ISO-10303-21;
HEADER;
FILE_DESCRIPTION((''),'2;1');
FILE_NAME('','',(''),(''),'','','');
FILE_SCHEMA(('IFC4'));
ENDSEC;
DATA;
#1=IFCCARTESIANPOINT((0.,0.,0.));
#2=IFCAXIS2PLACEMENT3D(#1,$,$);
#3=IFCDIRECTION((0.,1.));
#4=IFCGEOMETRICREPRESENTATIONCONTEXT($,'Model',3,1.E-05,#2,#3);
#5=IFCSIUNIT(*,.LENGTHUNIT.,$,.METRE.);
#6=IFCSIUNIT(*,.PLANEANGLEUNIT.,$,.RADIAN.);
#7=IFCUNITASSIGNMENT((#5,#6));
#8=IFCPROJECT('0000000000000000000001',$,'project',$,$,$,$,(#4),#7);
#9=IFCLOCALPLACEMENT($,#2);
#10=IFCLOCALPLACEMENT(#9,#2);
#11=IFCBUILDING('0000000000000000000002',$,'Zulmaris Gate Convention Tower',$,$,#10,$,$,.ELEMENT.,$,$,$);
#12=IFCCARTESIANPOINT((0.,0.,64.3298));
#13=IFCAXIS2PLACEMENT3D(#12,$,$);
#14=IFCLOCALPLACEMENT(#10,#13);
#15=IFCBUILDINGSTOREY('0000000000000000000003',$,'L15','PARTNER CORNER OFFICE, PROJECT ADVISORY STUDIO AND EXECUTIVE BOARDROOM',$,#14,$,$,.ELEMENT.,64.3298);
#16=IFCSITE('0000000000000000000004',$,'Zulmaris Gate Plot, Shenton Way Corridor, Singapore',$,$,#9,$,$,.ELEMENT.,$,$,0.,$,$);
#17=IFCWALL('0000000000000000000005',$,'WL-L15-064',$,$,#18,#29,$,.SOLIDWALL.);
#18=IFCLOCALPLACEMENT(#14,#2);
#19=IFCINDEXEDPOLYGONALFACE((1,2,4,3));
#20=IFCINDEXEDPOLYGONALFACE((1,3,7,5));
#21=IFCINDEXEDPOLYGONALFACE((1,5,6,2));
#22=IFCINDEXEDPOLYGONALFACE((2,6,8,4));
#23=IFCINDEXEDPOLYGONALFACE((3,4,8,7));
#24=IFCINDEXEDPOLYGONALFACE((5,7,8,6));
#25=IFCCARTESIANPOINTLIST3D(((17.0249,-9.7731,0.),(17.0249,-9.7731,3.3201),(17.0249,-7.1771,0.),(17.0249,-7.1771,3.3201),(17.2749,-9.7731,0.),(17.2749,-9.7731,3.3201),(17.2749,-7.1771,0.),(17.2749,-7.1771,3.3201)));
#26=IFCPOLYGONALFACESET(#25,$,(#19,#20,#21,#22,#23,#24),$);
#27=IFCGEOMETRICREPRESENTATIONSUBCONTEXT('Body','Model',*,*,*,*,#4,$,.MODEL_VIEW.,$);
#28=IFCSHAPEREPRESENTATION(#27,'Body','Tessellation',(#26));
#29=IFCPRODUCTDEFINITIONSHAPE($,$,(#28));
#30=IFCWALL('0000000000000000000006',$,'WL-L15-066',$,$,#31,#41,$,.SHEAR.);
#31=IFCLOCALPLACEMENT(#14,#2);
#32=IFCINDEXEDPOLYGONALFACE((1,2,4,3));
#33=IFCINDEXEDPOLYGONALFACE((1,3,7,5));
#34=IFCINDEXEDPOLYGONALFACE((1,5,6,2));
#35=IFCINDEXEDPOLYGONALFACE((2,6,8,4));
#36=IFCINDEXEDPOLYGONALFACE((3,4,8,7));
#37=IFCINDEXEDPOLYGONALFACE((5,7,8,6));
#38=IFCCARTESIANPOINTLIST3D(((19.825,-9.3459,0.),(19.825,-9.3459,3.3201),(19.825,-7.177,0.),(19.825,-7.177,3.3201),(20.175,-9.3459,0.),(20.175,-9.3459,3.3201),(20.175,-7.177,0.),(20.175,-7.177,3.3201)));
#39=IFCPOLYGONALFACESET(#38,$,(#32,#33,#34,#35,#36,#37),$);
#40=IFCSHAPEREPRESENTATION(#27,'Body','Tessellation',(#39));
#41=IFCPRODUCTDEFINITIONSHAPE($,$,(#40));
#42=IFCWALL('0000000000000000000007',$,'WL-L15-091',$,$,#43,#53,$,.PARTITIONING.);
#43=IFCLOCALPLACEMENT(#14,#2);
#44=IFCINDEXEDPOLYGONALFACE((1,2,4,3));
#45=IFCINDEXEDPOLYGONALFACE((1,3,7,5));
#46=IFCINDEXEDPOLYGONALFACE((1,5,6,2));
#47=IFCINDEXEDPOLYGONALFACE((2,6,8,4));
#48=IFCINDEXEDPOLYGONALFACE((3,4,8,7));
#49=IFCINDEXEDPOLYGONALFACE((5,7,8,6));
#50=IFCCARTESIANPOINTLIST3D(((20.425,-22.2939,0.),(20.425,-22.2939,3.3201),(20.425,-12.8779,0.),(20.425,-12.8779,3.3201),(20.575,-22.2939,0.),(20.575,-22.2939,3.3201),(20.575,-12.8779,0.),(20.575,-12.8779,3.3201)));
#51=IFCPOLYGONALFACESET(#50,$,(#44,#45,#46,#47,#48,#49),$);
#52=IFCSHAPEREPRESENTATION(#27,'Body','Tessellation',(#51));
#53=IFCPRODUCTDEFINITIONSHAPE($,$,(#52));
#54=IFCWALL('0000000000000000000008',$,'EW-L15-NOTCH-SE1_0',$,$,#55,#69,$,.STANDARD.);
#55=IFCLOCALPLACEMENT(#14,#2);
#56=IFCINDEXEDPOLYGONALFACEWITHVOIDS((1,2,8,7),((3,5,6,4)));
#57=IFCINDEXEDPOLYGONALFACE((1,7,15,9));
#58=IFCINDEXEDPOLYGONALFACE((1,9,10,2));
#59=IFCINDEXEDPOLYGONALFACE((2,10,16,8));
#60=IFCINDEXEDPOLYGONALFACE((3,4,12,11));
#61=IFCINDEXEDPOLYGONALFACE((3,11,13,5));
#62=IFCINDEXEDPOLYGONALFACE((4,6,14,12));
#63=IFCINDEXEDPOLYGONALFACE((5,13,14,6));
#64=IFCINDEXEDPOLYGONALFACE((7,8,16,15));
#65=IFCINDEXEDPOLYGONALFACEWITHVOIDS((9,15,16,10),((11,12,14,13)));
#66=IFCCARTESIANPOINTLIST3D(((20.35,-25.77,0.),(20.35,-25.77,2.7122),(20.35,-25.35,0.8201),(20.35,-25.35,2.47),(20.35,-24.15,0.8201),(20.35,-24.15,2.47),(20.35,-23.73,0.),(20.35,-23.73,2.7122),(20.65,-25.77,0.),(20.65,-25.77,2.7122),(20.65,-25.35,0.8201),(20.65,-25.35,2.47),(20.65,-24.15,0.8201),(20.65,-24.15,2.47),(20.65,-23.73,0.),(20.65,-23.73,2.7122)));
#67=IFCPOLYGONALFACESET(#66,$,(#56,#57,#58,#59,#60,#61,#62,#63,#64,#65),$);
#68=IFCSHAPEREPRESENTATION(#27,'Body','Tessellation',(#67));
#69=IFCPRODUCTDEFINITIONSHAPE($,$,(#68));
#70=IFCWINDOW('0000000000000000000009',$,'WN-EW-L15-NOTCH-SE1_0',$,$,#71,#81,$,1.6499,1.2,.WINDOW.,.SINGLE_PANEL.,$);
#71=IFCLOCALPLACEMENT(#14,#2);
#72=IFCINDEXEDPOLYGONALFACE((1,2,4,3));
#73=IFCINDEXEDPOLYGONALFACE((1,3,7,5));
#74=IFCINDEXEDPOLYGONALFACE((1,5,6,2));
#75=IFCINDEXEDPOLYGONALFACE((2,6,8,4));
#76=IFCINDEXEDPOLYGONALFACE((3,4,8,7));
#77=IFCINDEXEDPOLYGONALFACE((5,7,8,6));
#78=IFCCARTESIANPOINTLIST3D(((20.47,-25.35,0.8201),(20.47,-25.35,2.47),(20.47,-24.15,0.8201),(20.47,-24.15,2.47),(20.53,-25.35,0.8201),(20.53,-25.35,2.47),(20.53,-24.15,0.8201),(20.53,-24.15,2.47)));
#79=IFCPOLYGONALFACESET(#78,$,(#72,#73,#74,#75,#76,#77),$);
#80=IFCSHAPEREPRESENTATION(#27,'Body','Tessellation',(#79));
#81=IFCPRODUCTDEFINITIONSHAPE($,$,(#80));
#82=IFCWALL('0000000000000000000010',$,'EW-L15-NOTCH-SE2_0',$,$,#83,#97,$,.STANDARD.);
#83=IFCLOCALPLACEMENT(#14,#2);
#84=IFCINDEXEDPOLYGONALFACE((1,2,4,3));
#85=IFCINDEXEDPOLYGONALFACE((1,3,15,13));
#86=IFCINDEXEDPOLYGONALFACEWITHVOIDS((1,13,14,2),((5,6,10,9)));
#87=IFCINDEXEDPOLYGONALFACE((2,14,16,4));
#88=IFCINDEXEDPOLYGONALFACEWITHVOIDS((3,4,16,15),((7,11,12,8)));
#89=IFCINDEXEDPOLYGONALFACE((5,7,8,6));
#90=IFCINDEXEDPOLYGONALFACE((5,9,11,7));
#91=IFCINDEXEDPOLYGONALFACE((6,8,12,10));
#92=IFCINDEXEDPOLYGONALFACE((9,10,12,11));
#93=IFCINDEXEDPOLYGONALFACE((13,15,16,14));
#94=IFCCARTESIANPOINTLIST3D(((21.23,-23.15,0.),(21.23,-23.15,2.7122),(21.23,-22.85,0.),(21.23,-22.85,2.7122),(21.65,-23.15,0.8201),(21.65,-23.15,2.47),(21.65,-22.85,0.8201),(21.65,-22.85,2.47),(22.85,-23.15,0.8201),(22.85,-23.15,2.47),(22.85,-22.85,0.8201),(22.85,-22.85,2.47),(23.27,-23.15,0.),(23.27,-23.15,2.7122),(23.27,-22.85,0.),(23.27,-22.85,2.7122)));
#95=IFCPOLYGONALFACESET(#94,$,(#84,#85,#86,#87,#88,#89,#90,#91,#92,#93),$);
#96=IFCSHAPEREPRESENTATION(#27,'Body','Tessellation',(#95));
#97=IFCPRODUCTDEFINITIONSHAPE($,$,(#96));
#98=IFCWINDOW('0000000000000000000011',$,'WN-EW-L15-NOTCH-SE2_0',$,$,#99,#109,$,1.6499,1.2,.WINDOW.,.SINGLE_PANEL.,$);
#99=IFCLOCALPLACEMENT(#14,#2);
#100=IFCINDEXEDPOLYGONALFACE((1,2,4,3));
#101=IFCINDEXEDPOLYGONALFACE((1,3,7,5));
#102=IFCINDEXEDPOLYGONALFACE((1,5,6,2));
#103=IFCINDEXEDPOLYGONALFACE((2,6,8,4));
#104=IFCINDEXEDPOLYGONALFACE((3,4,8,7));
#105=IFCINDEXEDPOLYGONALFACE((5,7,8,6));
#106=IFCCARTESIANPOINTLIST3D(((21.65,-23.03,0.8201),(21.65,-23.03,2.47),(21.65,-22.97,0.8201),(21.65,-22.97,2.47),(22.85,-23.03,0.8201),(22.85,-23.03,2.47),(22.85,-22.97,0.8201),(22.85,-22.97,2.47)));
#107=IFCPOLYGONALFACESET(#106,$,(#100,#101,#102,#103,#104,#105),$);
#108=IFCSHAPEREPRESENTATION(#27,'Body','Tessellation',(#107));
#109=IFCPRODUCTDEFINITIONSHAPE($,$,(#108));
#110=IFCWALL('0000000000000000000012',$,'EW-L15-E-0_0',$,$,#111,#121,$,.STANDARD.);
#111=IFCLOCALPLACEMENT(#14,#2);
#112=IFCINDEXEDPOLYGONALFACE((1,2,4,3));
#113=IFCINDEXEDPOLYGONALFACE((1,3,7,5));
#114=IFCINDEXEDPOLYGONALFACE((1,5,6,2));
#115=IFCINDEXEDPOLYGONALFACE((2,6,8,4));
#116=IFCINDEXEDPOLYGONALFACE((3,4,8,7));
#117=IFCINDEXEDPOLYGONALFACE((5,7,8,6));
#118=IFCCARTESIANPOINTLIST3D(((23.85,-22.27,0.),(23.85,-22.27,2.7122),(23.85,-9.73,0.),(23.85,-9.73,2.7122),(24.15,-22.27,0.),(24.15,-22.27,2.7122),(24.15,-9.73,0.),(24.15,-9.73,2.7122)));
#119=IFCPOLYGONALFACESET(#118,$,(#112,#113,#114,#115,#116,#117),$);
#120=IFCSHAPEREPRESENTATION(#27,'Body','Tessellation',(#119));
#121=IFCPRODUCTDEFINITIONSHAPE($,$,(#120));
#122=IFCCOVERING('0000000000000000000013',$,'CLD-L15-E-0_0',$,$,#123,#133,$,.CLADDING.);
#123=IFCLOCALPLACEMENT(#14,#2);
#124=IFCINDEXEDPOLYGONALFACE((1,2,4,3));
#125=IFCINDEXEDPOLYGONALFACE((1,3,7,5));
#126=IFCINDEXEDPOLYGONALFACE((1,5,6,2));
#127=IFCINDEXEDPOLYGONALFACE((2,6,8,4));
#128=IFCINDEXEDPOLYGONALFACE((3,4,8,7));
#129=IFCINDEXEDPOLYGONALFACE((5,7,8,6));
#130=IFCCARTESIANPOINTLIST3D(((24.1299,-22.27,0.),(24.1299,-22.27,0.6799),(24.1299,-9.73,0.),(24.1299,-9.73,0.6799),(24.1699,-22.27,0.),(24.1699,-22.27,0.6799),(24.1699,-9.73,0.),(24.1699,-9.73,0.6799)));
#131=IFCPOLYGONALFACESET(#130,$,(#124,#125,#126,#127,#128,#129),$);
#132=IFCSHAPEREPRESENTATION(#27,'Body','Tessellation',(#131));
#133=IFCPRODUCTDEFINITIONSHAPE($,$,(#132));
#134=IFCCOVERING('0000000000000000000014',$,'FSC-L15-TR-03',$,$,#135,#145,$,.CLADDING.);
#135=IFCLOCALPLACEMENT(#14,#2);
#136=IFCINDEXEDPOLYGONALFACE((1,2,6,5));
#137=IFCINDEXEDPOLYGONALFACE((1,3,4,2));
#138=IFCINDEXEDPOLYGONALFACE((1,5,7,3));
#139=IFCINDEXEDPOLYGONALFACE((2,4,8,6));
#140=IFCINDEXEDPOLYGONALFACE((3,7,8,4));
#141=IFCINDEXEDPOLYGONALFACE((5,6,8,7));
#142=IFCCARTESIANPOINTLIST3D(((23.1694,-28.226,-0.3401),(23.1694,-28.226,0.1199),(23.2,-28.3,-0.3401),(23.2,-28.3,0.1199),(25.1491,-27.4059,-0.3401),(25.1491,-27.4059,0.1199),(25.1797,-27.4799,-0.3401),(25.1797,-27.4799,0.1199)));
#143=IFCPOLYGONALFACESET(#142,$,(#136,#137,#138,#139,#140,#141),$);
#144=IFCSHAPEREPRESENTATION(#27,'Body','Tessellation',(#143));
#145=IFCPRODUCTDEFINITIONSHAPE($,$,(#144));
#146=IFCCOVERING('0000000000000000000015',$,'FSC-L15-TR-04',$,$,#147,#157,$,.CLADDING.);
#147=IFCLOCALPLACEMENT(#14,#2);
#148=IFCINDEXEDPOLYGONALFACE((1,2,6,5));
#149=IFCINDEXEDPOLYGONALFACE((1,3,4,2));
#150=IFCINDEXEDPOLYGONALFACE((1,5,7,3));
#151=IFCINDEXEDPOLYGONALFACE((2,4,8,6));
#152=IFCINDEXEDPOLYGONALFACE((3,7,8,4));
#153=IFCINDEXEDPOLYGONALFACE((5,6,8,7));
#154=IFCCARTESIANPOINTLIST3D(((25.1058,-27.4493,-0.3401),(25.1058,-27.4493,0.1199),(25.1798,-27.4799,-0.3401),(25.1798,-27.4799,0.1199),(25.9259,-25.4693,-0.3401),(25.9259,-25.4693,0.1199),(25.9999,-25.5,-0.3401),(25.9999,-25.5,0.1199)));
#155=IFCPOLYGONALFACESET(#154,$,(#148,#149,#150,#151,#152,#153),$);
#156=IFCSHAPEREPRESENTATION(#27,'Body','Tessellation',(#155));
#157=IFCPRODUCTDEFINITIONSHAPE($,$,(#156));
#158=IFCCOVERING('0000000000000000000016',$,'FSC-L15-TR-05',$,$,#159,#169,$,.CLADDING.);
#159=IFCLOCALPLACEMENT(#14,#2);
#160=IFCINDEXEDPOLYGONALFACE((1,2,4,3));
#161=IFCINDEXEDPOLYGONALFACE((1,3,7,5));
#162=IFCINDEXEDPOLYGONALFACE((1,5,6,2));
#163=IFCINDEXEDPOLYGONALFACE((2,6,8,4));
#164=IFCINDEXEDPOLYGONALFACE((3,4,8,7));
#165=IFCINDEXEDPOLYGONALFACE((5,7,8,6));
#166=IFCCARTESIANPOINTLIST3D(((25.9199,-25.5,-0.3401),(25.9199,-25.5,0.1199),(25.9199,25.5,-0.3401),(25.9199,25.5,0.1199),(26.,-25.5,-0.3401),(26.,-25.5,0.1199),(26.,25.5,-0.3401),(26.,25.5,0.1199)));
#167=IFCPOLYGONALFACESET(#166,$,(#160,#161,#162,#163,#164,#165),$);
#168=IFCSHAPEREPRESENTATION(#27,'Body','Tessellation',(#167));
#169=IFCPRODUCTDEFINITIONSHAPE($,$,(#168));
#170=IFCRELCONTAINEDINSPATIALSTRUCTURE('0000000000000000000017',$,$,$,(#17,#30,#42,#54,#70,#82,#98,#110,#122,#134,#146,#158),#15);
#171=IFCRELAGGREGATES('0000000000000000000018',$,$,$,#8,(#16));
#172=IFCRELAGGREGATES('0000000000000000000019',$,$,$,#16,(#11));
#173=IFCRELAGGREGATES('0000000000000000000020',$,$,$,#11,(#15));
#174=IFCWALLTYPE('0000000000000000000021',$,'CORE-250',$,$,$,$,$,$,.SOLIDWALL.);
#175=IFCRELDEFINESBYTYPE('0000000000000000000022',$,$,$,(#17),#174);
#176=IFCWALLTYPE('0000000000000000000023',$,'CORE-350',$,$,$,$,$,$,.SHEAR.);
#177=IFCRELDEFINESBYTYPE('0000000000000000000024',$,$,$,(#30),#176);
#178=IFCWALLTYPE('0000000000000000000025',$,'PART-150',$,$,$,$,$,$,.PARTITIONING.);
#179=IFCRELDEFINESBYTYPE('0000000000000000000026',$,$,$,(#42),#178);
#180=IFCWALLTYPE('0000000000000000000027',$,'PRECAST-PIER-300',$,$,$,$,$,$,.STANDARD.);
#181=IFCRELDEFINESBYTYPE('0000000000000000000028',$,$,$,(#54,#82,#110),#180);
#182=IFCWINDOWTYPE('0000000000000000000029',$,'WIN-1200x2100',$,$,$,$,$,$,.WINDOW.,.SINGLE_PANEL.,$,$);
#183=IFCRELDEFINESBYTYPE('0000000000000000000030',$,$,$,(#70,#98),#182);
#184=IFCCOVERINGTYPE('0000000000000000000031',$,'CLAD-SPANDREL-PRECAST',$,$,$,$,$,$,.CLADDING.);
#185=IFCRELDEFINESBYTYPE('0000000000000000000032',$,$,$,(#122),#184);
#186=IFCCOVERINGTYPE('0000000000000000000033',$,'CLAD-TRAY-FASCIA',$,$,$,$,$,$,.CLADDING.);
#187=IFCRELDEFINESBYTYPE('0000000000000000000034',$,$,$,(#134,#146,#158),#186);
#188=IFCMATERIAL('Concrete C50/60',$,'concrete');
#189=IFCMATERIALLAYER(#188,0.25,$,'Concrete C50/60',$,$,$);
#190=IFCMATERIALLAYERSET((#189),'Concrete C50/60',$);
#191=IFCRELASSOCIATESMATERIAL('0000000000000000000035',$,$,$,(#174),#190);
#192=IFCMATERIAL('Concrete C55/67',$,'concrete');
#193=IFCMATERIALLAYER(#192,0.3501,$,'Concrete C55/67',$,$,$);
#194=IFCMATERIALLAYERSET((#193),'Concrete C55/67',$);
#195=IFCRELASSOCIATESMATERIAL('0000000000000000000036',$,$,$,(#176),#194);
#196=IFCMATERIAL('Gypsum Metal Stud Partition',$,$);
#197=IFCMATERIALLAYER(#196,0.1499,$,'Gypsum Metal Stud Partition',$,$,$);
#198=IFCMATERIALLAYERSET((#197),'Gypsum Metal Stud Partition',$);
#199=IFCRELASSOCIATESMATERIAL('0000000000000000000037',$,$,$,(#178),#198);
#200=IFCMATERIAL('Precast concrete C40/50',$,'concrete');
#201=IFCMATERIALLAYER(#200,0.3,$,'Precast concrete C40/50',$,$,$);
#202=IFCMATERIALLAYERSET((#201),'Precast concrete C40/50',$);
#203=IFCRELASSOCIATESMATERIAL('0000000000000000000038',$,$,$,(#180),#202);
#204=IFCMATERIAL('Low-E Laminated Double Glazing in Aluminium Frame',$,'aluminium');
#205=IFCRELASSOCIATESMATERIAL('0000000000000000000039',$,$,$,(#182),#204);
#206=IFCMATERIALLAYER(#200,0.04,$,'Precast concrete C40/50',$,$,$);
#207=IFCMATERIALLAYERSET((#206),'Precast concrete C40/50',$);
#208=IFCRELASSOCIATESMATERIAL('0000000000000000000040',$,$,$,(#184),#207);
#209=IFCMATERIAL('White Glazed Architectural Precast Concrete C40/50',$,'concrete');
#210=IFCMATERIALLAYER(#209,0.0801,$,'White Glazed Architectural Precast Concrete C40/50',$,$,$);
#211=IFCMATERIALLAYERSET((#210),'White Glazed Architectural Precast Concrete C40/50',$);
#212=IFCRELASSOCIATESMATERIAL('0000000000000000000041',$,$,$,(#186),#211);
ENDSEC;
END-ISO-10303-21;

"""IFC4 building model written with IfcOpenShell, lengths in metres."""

from ifc_helpers import new_model, si_unit, direction, frame, frame_2d, origin, place, context, subcontext, project, spatial, rectangle, extrude, material, layer, layer_set, type_object, element, fill, save


model = new_model("IFC4")

# Units and contexts
model_context = context("Model", 3, precision=1e-05, world=origin(), true_north=direction((0.0, 1.0)))
body_context = subcontext(model_context, "Body", "Model", "MODEL_VIEW")
ifc_project = project(units=[si_unit("LENGTHUNIT", "METRE"), si_unit("PLANEANGLEUNIT", "RADIAN")], contexts=[model_context])

# Site, building, storey
site_placement = place(None, origin())
site = spatial("IfcSite", under=ifc_project, at=site_placement, Name="Zulmaris Gate Plot, Shenton Way Corridor, Singapore", CompositionType="ELEMENT", RefElevation=0.0)
building_placement = place(site_placement, origin())
building = spatial("IfcBuilding", under=site, at=building_placement, Name="Zulmaris Gate Convention Tower", CompositionType="ELEMENT")
storey_placement = place(building_placement, frame((0.0, 0.0, 64.3298)))
storey = spatial("IfcBuildingStorey", under=building, at=storey_placement, Name="L15", Description="PARTNER CORNER OFFICE, PROJECT ADVISORY STUDIO AND EXECUTIVE BOARDROOM", CompositionType="ELEMENT", Elevation=64.3298)

# Walls
ifc_material_1 = material(Name="Concrete C50/60", Category="concrete")
ifc_layer_1 = layer(ifc_material_1, 0.25, Name="Concrete C50/60")
ifc_layer_set_1 = layer_set([ifc_layer_1], Name="Concrete C50/60")
wall_type_1 = type_object("IfcWallType", Name="CORE-250", PredefinedType="SOLIDWALL", material=ifc_layer_set_1)
wall_1_placement = place(storey_placement, frame((17.1499, -9.7729, 0.0), z_axis=(0.0, 0.0, 1.0), x_axis=(0.0, 1.0, 0.0)))
element("IfcWall", 1, at=wall_1_placement, inside=storey, type_object=wall_type_1, Name="WL-L15-064", PredefinedType="SOLIDWALL", context=body_context, shape_type="SweptSolid", body=[
    extrude(rectangle(XDim=2.5959, YDim=0.25, at=frame_2d((1.2979, 0.0))), origin(), (0.0, 0.0, 1.0), 3.3201),
])
ifc_material_2 = material(Name="Concrete C55/67", Category="concrete")
ifc_layer_2 = layer(ifc_material_2, 0.3501, Name="Concrete C55/67")
ifc_layer_set_2 = layer_set([ifc_layer_2], Name="Concrete C55/67")
wall_type_2 = type_object("IfcWallType", Name="CORE-350", PredefinedType="SHEAR", material=ifc_layer_set_2)
wall_2_placement = place(storey_placement, frame((20.0, -9.3459, 0.0), z_axis=(0.0, 0.0, 1.0), x_axis=(0.0, 1.0, 0.0)))
element("IfcWall", 2, at=wall_2_placement, inside=storey, type_object=wall_type_2, Name="WL-L15-066", PredefinedType="SHEAR", context=body_context, shape_type="SweptSolid", body=[
    extrude(rectangle(XDim=2.1689, YDim=0.3501, at=frame_2d((1.0845, 0.0))), origin(), (0.0, 0.0, 1.0), 3.3201),
])

# Shared definitions
ifc_material_3 = material(Name="Gypsum Metal Stud Partition")
ifc_layer_3 = layer(ifc_material_3, 0.1499, Name="Gypsum Metal Stud Partition")
ifc_layer_set_3 = layer_set([ifc_layer_3], Name="Gypsum Metal Stud Partition")
wall_type_3 = type_object("IfcWallType", Name="PART-150", PredefinedType="PARTITIONING", material=ifc_layer_set_3)

# Wall
wall_3_placement = place(storey_placement, frame((20.5, -22.2939, 0.0), z_axis=(0.0, 0.0, 1.0), x_axis=(0.0, 1.0, 0.0)))
element("IfcWall", 3, at=wall_3_placement, inside=storey, type_object=wall_type_3, Name="WL-L15-091", PredefinedType="PARTITIONING", context=body_context, shape_type="SweptSolid", body=[
    extrude(rectangle(XDim=9.416, YDim=0.1499, at=frame_2d((4.708, 0.0))), origin(), (0.0, 0.0, 1.0), 3.3201),
])

# Walls, openings, windows
ifc_material_4 = material(Name="Precast concrete C40/50", Category="concrete")
ifc_layer_4 = layer(ifc_material_4, 0.3, Name="Precast concrete C40/50")
ifc_layer_set_4 = layer_set([ifc_layer_4], Name="Precast concrete C40/50")
wall_type_4 = type_object("IfcWallType", Name="PRECAST-PIER-300", PredefinedType="STANDARD", material=ifc_layer_set_4)
wall_4_placement = place(storey_placement, frame((20.5, -25.77, 0.0), z_axis=(0.0, 0.0, 1.0), x_axis=(0.0, 1.0, 0.0)))
wall_4 = element("IfcWall", 4, at=wall_4_placement, inside=storey, type_object=wall_type_4, Name="EW-L15-NOTCH-SE1_0", PredefinedType="STANDARD", context=body_context, shape_type="SweptSolid", body=[
    extrude(rectangle(XDim=2.04, YDim=0.3, at=frame_2d((1.02, 0.0))), origin(), (0.0, 0.0, 1.0), 2.7122),
])
opening_1_placement = place(wall_4_placement, frame((0.4199, 0.0, 0.8201)))
opening_1 = element("IfcOpeningElement", 5, at=opening_1_placement, cuts=wall_4, PredefinedType="OPENING", context=body_context, shape_type="SweptSolid", body=[
    extrude(rectangle(XDim=1.2, YDim=1.6499, at=frame_2d((0.6001, 0.825))), frame((0.0, 0.1602, 0.0), z_axis=(0.0, -1.0, 0.0), x_axis=(1.0, 0.0, 0.0)), (0.0, 0.0, 1.0), 0.3201),
])
ifc_material_5 = material(Name="Low-E Laminated Double Glazing in Aluminium Frame", Category="aluminium")
window_type = type_object("IfcWindowType", Name="WIN-1200x2100", PartitioningType="SINGLE_PANEL", PredefinedType="WINDOW", material=ifc_material_5)
window_1_placement = place(opening_1_placement, origin())
window_1 = element("IfcWindow", 6, at=window_1_placement, inside=storey, type_object=window_type, Name="WN-EW-L15-NOTCH-SE1_0", OverallHeight=1.6499, OverallWidth=1.2, PartitioningType="SINGLE_PANEL", PredefinedType="WINDOW", context=body_context, shape_type="SweptSolid", body=[
    extrude(rectangle(XDim=1.2, YDim=1.6499, at=frame_2d((0.6001, 0.825))), frame((0.0, 0.03, 0.0), z_axis=(0.0, -1.0, 0.0), x_axis=(1.0, 0.0, 0.0)), (0.0, 0.0, 1.0), 0.0601),
])
fill(opening_1, window_1)
wall_5_placement = place(storey_placement, frame((21.23, -23.0, 0.0), z_axis=(0.0, 0.0, 1.0), x_axis=(1.0, 0.0, 0.0)))
wall_5 = element("IfcWall", 7, at=wall_5_placement, inside=storey, type_object=wall_type_4, Name="EW-L15-NOTCH-SE2_0", PredefinedType="STANDARD", context=body_context, shape_type="SweptSolid", body=[
    extrude(rectangle(XDim=2.04, YDim=0.3, at=frame_2d((1.02, 0.0))), origin(), (0.0, 0.0, 1.0), 2.7122),
])
opening_2_placement = place(wall_5_placement, frame((0.4199, 0.0, 0.8201)))
opening_2 = element("IfcOpeningElement", 8, at=opening_2_placement, cuts=wall_5, PredefinedType="OPENING", context=body_context, shape_type="SweptSolid", body=[
    extrude(rectangle(XDim=1.2, YDim=1.6499, at=frame_2d((0.6001, 0.825))), frame((0.0, 0.1602, 0.0), z_axis=(0.0, -1.0, 0.0), x_axis=(1.0, 0.0, 0.0)), (0.0, 0.0, 1.0), 0.3201),
])
window_2_placement = place(opening_2_placement, origin())
window_2 = element("IfcWindow", 9, at=window_2_placement, inside=storey, type_object=window_type, Name="WN-EW-L15-NOTCH-SE2_0", OverallHeight=1.6499, OverallWidth=1.2, PartitioningType="SINGLE_PANEL", PredefinedType="WINDOW", context=body_context, shape_type="SweptSolid", body=[
    extrude(rectangle(XDim=1.2, YDim=1.6499, at=frame_2d((0.6001, 0.825))), frame((0.0, 0.03, 0.0), z_axis=(0.0, -1.0, 0.0), x_axis=(1.0, 0.0, 0.0)), (0.0, 0.0, 1.0), 0.0601),
])
fill(opening_2, window_2)

# Wall
wall_6_placement = place(storey_placement, frame((24.0, -22.27, 0.0), z_axis=(0.0, 0.0, 1.0), x_axis=(0.0, 1.0, 0.0)))
element("IfcWall", 10, at=wall_6_placement, inside=storey, type_object=wall_type_4, Name="EW-L15-E-0_0", PredefinedType="STANDARD", context=body_context, shape_type="SweptSolid", body=[
    extrude(rectangle(XDim=12.54, YDim=0.3, at=frame_2d((6.27, 0.0))), origin(), (0.0, 0.0, 1.0), 2.7122),
])

# Coverings
ifc_layer_5 = layer(ifc_material_4, 0.04, Name="Precast concrete C40/50")
ifc_layer_set_5 = layer_set([ifc_layer_5], Name="Precast concrete C40/50")
covering_type_1 = type_object("IfcCoveringType", Name="CLAD-SPANDREL-PRECAST", PredefinedType="CLADDING", material=ifc_layer_set_5)
covering_1_placement = place(storey_placement, frame((24.1499, -22.27, 0.0), z_axis=(0.0, 0.0, 1.0), x_axis=(0.0, 1.0, 0.0)))
element("IfcCovering", 11, at=covering_1_placement, inside=storey, type_object=covering_type_1, Name="CLD-L15-E-0_0", PredefinedType="CLADDING", context=body_context, shape_type="SweptSolid", body=[
    extrude(rectangle(XDim=12.54, YDim=0.04, at=frame_2d((6.27, 0.0))), origin(), (0.0, 0.0, 1.0), 0.6799),
])
ifc_material_6 = material(Name="White Glazed Architectural Precast Concrete C40/50", Category="concrete")
ifc_layer_6 = layer(ifc_material_6, 0.0801, Name="White Glazed Architectural Precast Concrete C40/50")
ifc_layer_set_6 = layer_set([ifc_layer_6], Name="White Glazed Architectural Precast Concrete C40/50")
covering_type_2 = type_object("IfcCoveringType", Name="CLAD-TRAY-FASCIA", PredefinedType="CLADDING", material=ifc_layer_set_6)
covering_2_placement = place(storey_placement, frame((23.1848, -28.2629, -0.3401), z_axis=(0.0, 0.0, 1.0), x_axis=(0.923874, 0.382697, 0.0)))
element("IfcCovering", 12, at=covering_2_placement, inside=storey, type_object=covering_type_2, Name="FSC-L15-TR-03", PredefinedType="CLADDING", context=body_context, shape_type="SweptSolid", body=[
    extrude(rectangle(XDim=2.1428, YDim=0.0801, at=frame_2d((1.0713, 0.0))), origin(), (0.0, 0.0, 1.0), 0.46),
])
covering_3_placement = place(storey_placement, frame((25.1428, -27.4646, -0.3401), z_axis=(0.0, 0.0, 1.0), x_axis=(0.382657, 0.92389, 0.0)))
element("IfcCovering", 13, at=covering_3_placement, inside=storey, type_object=covering_type_2, Name="FSC-L15-TR-04", PredefinedType="CLADDING", context=body_context, shape_type="SweptSolid", body=[
    extrude(rectangle(XDim=2.1431, YDim=0.0801, at=frame_2d((1.0715, 0.0))), origin(), (0.0, 0.0, 1.0), 0.46),
])
covering_4_placement = place(storey_placement, frame((25.96, -25.5, -0.3401), z_axis=(0.0, 0.0, 1.0), x_axis=(0.0, 1.0, 0.0)))
element("IfcCovering", 14, at=covering_4_placement, inside=storey, type_object=covering_type_2, Name="FSC-L15-TR-05", PredefinedType="CLADDING", context=body_context, shape_type="SweptSolid", body=[
    extrude(rectangle(XDim=51.0, YDim=0.0801, at=frame_2d((25.5, 0.0))), origin(), (0.0, 0.0, 1.0), 0.46),
])

save(model, "model.ifc")
